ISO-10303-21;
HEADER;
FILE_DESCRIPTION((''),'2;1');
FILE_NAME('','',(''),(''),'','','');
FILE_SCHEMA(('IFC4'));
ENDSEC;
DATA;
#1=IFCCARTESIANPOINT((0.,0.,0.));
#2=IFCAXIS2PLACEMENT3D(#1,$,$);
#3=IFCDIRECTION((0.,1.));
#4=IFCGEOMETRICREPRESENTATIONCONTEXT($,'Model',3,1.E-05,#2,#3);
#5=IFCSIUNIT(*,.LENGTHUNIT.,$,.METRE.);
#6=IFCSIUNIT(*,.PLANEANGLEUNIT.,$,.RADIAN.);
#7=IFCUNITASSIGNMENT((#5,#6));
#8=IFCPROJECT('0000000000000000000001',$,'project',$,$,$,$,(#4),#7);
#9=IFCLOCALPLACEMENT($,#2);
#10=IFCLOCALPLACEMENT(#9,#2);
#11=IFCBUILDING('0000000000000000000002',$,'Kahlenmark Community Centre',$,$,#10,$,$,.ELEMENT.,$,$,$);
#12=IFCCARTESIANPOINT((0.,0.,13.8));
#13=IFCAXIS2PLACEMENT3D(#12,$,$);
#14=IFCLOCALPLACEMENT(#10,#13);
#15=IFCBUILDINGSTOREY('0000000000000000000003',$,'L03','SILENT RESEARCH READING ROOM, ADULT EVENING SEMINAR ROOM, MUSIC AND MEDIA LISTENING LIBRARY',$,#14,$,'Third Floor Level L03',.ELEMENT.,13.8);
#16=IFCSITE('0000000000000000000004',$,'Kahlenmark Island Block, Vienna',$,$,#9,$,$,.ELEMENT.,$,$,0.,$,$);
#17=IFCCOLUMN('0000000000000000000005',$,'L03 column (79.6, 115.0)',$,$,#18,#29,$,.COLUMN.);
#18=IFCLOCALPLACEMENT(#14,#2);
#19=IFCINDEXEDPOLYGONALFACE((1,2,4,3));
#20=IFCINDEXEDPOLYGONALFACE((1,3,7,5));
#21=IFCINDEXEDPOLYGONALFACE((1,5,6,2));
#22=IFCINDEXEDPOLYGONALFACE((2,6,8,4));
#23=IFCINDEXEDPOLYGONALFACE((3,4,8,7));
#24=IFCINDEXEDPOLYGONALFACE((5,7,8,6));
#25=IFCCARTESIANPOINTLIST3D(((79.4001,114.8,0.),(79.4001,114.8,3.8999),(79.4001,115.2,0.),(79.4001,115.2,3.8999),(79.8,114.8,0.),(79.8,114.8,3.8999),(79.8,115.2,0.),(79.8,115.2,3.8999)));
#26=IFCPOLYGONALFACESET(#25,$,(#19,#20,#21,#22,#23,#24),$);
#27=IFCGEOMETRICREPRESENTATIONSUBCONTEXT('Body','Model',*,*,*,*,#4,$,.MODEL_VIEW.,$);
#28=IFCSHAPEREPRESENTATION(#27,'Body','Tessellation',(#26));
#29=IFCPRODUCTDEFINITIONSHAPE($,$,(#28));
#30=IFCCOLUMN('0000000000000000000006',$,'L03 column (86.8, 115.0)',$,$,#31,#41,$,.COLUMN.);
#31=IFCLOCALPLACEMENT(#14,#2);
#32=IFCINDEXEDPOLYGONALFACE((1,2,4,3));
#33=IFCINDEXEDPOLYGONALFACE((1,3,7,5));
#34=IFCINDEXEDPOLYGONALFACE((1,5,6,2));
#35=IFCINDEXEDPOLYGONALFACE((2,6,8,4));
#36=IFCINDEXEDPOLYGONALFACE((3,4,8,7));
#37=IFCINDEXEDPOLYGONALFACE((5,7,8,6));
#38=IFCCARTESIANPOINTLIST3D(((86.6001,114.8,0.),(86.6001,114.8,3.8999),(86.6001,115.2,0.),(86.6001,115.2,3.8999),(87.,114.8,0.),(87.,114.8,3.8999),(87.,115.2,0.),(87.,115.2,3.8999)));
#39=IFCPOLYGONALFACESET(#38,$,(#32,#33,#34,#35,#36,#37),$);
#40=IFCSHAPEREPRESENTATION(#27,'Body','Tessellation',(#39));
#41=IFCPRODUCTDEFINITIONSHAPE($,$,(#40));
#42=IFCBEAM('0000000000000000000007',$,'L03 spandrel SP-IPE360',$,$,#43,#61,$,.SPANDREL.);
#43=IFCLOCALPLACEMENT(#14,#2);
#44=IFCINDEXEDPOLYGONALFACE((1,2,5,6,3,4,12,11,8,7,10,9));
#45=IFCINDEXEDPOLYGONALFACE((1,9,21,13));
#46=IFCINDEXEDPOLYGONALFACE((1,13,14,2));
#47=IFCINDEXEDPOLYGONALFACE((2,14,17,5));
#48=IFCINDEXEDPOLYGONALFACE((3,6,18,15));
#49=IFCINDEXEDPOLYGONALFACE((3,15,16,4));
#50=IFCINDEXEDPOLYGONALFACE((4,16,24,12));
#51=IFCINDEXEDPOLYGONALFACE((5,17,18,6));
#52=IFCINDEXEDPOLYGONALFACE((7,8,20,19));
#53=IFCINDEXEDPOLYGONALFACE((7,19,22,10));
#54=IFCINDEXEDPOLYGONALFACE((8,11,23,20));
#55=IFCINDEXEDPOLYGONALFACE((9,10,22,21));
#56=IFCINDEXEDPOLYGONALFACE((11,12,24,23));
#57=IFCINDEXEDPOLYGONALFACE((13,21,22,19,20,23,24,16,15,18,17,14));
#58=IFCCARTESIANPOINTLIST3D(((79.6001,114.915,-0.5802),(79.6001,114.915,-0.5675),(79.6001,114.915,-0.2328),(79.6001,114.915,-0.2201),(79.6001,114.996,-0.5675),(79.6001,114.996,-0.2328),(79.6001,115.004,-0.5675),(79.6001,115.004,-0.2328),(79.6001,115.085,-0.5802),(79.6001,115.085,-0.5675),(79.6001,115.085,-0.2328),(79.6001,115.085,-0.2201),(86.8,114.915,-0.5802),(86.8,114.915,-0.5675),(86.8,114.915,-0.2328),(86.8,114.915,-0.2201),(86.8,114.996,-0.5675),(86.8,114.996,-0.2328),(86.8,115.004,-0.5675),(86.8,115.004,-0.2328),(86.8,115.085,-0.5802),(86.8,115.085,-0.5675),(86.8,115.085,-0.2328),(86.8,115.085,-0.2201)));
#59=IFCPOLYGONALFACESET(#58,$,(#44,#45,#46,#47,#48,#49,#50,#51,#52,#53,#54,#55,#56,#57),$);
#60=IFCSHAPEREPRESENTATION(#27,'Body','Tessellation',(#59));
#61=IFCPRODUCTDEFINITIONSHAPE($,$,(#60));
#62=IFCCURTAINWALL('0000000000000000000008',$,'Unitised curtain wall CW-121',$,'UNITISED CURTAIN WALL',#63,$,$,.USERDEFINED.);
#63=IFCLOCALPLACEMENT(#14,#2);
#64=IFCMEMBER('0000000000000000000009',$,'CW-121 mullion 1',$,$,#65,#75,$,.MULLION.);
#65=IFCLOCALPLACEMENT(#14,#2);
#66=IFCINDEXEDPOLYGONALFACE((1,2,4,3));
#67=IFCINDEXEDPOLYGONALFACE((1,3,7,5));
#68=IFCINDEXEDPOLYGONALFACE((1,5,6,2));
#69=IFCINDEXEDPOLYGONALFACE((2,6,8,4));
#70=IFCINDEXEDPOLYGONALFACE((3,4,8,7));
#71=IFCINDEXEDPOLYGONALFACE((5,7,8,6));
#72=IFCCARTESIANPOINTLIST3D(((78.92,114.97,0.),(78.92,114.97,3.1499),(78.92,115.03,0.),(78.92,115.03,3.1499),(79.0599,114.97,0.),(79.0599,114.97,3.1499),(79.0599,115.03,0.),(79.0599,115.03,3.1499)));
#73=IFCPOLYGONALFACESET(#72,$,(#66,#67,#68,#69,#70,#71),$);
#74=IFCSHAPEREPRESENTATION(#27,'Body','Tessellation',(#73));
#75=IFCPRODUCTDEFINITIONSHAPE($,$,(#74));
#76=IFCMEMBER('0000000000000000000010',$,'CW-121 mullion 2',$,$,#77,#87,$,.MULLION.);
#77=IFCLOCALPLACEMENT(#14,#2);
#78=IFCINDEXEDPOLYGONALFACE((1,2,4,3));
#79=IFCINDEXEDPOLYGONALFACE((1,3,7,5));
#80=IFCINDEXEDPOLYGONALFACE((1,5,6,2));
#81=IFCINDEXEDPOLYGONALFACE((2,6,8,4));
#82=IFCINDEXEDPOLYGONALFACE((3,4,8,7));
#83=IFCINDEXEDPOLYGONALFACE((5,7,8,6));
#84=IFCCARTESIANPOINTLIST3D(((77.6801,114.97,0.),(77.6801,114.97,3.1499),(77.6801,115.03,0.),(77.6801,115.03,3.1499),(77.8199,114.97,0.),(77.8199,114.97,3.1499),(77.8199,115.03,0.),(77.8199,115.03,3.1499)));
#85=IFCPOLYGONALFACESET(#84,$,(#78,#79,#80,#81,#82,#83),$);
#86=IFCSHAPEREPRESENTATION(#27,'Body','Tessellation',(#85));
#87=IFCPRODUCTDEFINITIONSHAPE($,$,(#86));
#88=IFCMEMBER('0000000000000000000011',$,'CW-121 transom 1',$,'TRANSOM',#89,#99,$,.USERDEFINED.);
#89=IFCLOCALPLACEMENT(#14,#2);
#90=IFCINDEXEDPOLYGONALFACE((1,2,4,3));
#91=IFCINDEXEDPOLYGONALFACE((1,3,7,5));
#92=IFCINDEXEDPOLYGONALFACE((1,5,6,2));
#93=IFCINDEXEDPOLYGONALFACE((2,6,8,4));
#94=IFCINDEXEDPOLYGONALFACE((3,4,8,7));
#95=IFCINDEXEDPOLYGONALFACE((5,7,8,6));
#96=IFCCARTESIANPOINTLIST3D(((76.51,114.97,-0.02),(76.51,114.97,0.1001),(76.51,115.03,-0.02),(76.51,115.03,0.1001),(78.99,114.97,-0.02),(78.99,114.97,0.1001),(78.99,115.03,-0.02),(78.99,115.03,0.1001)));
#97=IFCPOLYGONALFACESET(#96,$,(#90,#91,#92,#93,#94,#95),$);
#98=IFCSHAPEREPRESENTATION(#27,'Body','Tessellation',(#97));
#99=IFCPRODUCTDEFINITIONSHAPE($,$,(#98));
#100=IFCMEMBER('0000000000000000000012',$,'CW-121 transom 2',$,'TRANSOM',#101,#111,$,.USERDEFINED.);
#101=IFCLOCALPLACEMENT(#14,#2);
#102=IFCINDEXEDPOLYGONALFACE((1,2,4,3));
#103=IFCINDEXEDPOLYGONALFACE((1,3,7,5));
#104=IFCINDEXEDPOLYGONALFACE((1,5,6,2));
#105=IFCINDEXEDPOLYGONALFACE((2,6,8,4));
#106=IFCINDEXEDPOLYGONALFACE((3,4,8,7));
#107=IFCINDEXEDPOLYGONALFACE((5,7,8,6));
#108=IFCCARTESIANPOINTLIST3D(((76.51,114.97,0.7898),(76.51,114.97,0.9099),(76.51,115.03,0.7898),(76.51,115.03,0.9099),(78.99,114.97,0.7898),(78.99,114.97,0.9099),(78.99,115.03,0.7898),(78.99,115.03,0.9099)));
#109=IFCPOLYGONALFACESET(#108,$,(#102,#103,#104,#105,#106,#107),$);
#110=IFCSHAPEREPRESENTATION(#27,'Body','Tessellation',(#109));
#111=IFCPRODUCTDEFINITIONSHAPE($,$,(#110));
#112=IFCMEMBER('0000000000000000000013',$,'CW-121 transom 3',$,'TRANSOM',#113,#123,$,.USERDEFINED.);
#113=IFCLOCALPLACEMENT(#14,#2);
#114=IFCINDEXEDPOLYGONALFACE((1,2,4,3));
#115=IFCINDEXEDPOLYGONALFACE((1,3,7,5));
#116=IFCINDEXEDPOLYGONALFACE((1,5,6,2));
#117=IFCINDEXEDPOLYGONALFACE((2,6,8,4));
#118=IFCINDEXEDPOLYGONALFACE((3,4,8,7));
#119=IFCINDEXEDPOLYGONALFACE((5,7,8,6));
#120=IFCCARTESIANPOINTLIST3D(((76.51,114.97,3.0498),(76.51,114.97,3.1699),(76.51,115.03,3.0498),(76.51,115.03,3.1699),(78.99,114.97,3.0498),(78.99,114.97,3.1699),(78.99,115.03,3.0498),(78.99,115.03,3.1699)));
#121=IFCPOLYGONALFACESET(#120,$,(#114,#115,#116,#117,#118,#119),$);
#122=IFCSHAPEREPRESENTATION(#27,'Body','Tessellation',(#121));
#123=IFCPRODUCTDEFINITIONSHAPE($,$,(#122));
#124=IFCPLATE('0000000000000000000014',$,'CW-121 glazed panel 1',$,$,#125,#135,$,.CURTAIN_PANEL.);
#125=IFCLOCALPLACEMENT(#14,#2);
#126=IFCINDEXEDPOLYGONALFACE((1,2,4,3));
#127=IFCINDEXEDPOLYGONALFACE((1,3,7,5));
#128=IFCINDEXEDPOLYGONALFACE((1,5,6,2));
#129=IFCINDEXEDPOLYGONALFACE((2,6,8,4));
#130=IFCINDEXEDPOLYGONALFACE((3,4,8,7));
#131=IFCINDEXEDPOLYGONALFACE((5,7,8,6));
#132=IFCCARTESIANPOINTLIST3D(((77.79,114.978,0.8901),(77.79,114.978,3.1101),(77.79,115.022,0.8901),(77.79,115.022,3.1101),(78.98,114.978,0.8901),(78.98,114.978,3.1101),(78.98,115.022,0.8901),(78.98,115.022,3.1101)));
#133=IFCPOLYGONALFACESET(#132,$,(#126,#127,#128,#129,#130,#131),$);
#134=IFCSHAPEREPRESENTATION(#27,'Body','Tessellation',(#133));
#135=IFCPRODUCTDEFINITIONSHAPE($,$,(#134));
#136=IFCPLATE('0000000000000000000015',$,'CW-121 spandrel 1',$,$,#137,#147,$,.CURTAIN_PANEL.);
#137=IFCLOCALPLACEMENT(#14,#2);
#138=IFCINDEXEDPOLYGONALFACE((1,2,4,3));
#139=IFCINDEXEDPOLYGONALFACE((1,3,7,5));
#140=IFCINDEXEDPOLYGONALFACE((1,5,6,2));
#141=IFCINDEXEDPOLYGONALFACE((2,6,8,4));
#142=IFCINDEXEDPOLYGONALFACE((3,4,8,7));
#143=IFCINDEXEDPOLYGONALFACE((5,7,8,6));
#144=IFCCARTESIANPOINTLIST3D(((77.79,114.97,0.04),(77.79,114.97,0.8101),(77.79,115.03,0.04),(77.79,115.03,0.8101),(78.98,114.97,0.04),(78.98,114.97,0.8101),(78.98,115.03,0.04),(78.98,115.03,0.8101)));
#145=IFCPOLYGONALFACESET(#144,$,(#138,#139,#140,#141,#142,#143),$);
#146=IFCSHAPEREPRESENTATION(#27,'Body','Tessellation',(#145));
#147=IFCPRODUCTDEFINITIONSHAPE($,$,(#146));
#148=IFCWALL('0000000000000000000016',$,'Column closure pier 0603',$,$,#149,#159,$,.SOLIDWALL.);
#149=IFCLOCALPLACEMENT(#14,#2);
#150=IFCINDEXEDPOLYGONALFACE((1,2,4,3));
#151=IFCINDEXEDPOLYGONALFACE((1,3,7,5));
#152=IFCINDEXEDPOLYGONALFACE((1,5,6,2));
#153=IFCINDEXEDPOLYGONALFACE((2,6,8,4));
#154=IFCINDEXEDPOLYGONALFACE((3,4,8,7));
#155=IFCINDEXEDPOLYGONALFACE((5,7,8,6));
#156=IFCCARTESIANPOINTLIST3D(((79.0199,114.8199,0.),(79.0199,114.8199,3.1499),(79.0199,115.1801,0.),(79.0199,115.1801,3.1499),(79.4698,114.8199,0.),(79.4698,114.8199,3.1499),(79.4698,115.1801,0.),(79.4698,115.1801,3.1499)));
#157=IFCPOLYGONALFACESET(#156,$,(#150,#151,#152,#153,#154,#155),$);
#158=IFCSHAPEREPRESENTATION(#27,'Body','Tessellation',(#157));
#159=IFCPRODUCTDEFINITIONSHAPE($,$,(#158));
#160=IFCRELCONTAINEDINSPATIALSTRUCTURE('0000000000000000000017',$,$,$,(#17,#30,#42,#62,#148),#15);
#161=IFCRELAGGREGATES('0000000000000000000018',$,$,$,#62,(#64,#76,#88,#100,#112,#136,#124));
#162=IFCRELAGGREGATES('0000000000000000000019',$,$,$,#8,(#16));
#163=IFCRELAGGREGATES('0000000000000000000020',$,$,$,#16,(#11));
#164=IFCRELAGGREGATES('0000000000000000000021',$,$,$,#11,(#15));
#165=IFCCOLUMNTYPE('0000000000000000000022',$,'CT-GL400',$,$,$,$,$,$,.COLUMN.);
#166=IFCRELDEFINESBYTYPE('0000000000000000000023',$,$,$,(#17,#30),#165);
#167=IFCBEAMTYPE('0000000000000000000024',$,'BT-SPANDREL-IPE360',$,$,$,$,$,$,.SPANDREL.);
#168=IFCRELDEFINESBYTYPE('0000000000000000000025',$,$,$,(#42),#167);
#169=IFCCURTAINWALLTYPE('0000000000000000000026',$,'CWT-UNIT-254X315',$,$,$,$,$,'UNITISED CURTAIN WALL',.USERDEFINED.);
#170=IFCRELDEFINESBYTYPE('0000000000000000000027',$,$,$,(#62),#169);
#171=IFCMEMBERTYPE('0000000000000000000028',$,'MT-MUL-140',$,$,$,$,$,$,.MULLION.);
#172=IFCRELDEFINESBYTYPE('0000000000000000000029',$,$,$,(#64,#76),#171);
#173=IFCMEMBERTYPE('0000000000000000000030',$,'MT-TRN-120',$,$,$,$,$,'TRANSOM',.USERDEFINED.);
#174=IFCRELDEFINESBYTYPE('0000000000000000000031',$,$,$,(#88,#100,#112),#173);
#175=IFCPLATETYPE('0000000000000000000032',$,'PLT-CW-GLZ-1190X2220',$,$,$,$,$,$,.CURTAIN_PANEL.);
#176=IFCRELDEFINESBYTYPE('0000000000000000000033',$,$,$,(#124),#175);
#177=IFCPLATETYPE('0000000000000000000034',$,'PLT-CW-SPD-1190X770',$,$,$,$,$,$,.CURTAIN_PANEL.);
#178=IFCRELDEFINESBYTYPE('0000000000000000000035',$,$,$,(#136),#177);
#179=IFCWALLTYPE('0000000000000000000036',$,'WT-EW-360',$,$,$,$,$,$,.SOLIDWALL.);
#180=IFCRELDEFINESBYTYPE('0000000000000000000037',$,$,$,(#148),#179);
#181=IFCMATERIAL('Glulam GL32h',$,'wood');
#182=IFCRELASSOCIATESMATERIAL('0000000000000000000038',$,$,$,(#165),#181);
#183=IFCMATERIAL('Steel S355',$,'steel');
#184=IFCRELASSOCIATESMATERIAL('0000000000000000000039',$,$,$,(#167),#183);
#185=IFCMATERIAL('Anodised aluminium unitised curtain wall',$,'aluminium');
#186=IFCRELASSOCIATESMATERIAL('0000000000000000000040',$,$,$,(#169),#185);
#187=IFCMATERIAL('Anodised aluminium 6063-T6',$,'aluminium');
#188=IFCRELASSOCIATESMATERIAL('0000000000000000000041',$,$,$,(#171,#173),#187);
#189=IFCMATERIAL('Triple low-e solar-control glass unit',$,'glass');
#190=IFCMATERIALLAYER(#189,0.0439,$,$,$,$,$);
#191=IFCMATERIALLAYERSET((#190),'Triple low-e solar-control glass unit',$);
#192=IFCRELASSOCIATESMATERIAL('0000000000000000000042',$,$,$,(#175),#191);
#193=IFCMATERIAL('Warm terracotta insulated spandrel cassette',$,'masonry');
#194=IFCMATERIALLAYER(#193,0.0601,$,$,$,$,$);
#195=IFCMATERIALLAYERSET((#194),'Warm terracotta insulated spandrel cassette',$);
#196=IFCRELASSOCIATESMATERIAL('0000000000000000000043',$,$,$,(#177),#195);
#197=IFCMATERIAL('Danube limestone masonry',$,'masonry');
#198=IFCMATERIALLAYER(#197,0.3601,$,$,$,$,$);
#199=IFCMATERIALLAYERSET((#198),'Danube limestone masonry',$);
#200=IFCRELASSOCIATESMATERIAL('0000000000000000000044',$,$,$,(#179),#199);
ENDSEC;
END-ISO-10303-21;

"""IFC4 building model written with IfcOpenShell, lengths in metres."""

from ifc_helpers import new_model, si_unit, direction, frame, frame_2d, origin, origin_2d, place, context, subcontext, project, spatial, rectangle, i_section, extrude, material, layer, layer_set, material_profile, profile_set, type_object, element, aggregate, save


model = new_model("IFC4")

# Units and contexts
model_context = context("Model", 3, precision=1e-05, world=origin(), true_north=direction((0.0, 1.0)))
body_context = subcontext(model_context, "Body", "Model", "MODEL_VIEW")
ifc_project = project(units=[si_unit("LENGTHUNIT", "METRE"), si_unit("PLANEANGLEUNIT", "RADIAN")], contexts=[model_context])

# Site, building, storey
site_placement = place(None, origin())
site = spatial("IfcSite", under=ifc_project, at=site_placement, Name="Kahlenmark Island Block, Vienna", CompositionType="ELEMENT", RefElevation=0.0)
building_placement = place(site_placement, origin())
building = spatial("IfcBuilding", under=site, at=building_placement, Name="Kahlenmark Community Centre", CompositionType="ELEMENT")
storey_placement = place(building_placement, frame((0.0, 0.0, 13.8)))
storey = spatial("IfcBuildingStorey", under=building, at=storey_placement, Name="L03", Description="SILENT RESEARCH READING ROOM, ADULT EVENING SEMINAR ROOM, MUSIC AND MEDIA LISTENING LIBRARY", LongName="Third Floor Level L03", CompositionType="ELEMENT", Elevation=13.8)

# Columns
ifc_material_1 = material(Name="Glulam GL32h", Category="wood")
ifc_material_profile_1 = material_profile(ifc_material_1, rectangle(XDim=0.3999, YDim=0.3999, at=origin_2d()), Name="GL32h 400x400")
ifc_profile_set_1 = profile_set([ifc_material_profile_1], Name="Glulam GL32h")
column_type = type_object("IfcColumnType", Name="CT-GL400", PredefinedType="COLUMN", material=ifc_profile_set_1)
for number, where, z_axis, x_axis, name in (
    (1, (79.6001, 115.0, 0.0), (0.0, 0.0, 1.0), (1.0, 0.0, 0.0), "L03 column (79.6, 115.0)"),
    (2, (86.8, 115.0, 0.0), (0.0, 0.0, 1.0), (1.0, 0.0, 0.0), "L03 column (86.8, 115.0)"),
):
    element("IfcColumn", number, at=place(storey_placement, frame(where, z_axis=z_axis, x_axis=x_axis)), inside=storey, type_object=column_type, Name=name, PredefinedType="COLUMN", context=body_context, shape_type="SweptSolid", body=[
        extrude(rectangle(XDim=0.3999, YDim=0.3999, at=origin_2d()), origin(), (0.0, 0.0, 1.0), 3.8999),
    ])

# Beam
ifc_material_2 = material(Name="Steel S355", Category="steel")
ifc_material_profile_2 = material_profile(ifc_material_2, i_section(OverallWidth=0.1699, OverallDepth=0.3601, WebThickness=0.0081, FlangeThickness=0.0127, at=origin_2d()), Name="IPE 360")
ifc_profile_set_2 = profile_set([ifc_material_profile_2], Name="Steel S355")
beam_type = type_object("IfcBeamType", Name="BT-SPANDREL-IPE360", PredefinedType="SPANDREL", material=ifc_profile_set_2)
beam_placement = place(storey_placement, frame((79.6001, 115.0, -0.4001), z_axis=(1.0, 0.0, 0.0), x_axis=(0.0, 1.0, 0.0)))
element("IfcBeam", 3, at=beam_placement, inside=storey, type_object=beam_type, Name="L03 spandrel SP-IPE360", PredefinedType="SPANDREL", context=body_context, shape_type="SweptSolid", body=[
    extrude(i_section(OverallWidth=0.1699, OverallDepth=0.3601, WebThickness=0.0081, FlangeThickness=0.0127, at=origin_2d()), origin(), (0.0, 0.0, 1.0), 7.2),
])

# Curtain wall, members, plates
ifc_material_3 = material(Name="Anodised aluminium unitised curtain wall", Category="aluminium")
curtain_wall_type = type_object("IfcCurtainWallType", Name="CWT-UNIT-254X315", ElementType="UNITISED CURTAIN WALL", PredefinedType="USERDEFINED", material=ifc_material_3)
curtain_wall_placement = place(storey_placement, origin())
curtain_wall = element("IfcCurtainWall", 4, at=curtain_wall_placement, inside=storey, type_object=curtain_wall_type, Name="Unitised curtain wall CW-121", ObjectType="UNITISED CURTAIN WALL", PredefinedType="USERDEFINED")
ifc_material_4 = material(Name="Anodised aluminium 6063-T6", Category="aluminium")
ifc_material_profile_3 = material_profile(ifc_material_4, rectangle(XDim=0.0601, YDim=0.1399, at=origin_2d()), Name="ALU MULLION 60x140")
ifc_profile_set_3 = profile_set([ifc_material_profile_3], Name="Anodised aluminium 6063-T6")
member_type_1 = type_object("IfcMemberType", Name="MT-MUL-140", PredefinedType="MULLION", material=ifc_profile_set_3)
member_1_placement = place(storey_placement, frame((78.99, 115.0, 0.0), z_axis=(0.0, 0.0, 1.0), x_axis=(0.0, -1.0, 0.0)))
member_1 = element("IfcMember", 5, at=member_1_placement, type_object=member_type_1, Name="CW-121 mullion 1", PredefinedType="MULLION", context=body_context, shape_type="SweptSolid", body=[
    extrude(rectangle(XDim=0.0601, YDim=0.1399, at=origin_2d()), origin(), (0.0, 0.0, 1.0), 3.1499),
])
member_2_placement = place(storey_placement, frame((77.75, 115.0, 0.0), z_axis=(0.0, 0.0, 1.0), x_axis=(0.0, -1.0, 0.0)))
member_2 = element("IfcMember", 6, at=member_2_placement, type_object=member_type_1, Name="CW-121 mullion 2", PredefinedType="MULLION", context=body_context, shape_type="SweptSolid", body=[
    extrude(rectangle(XDim=0.0601, YDim=0.1399, at=origin_2d()), origin(), (0.0, 0.0, 1.0), 3.1499),
])
ifc_material_profile_4 = material_profile(ifc_material_4, rectangle(XDim=0.0601, YDim=0.1201, at=origin_2d()), Name="ALU TRANSOM 60x120")
ifc_profile_set_4 = profile_set([ifc_material_profile_4], Name="Anodised aluminium 6063-T6")
member_type_2 = type_object("IfcMemberType", Name="MT-TRN-120", ElementType="TRANSOM", PredefinedType="USERDEFINED", material=ifc_profile_set_4)
member_3_placement = place(storey_placement, frame((78.99, 115.0, 0.04), z_axis=(-1.0, 0.0, 0.0), x_axis=(0.0, -1.0, 0.0)))
member_3 = element("IfcMember", 7, at=member_3_placement, type_object=member_type_2, Name="CW-121 transom 1", ObjectType="TRANSOM", PredefinedType="USERDEFINED", context=body_context, shape_type="SweptSolid", body=[
    extrude(rectangle(XDim=0.0601, YDim=0.1201, at=origin_2d()), origin(), (0.0, 0.0, 1.0), 2.48),
])
member_4_placement = place(storey_placement, frame((78.99, 115.0, 0.8499), z_axis=(-1.0, 0.0, 0.0), x_axis=(0.0, -1.0, 0.0)))
member_4 = element("IfcMember", 8, at=member_4_placement, type_object=member_type_2, Name="CW-121 transom 2", ObjectType="TRANSOM", PredefinedType="USERDEFINED", context=body_context, shape_type="SweptSolid", body=[
    extrude(rectangle(XDim=0.0601, YDim=0.1201, at=origin_2d()), origin(), (0.0, 0.0, 1.0), 2.48),
])
member_5_placement = place(storey_placement, frame((78.99, 115.0, 3.1099), z_axis=(-1.0, 0.0, 0.0), x_axis=(0.0, -1.0, 0.0)))
member_5 = element("IfcMember", 9, at=member_5_placement, type_object=member_type_2, Name="CW-121 transom 3", ObjectType="TRANSOM", PredefinedType="USERDEFINED", context=body_context, shape_type="SweptSolid", body=[
    extrude(rectangle(XDim=0.0601, YDim=0.1201, at=origin_2d()), origin(), (0.0, 0.0, 1.0), 2.48),
])
ifc_material_5 = material(Name="Triple low-e solar-control glass unit", Category="glass")
ifc_layer_1 = layer(ifc_material_5, 0.0439)
ifc_layer_set_1 = layer_set([ifc_layer_1], Name="Triple low-e solar-control glass unit")
plate_type_1 = type_object("IfcPlateType", Name="PLT-CW-GLZ-1190X2220", PredefinedType="CURTAIN_PANEL", material=ifc_layer_set_1)
plate_1_placement = place(storey_placement, frame((78.385, 115.0, 0.8901), z_axis=(0.0, 0.0, 1.0), x_axis=(-1.0, 0.0, 0.0)))
plate_1 = element("IfcPlate", 10, at=plate_1_placement, type_object=plate_type_1, Name="CW-121 glazed panel 1", PredefinedType="CURTAIN_PANEL", context=body_context, shape_type="SweptSolid", body=[
    extrude(rectangle(XDim=1.1899, YDim=0.0439, at=origin_2d()), origin(), (0.0, 0.0, 1.0), 2.22),
])
ifc_material_6 = material(Name="Warm terracotta insulated spandrel cassette", Category="masonry")
ifc_layer_2 = layer(ifc_material_6, 0.0601)
ifc_layer_set_2 = layer_set([ifc_layer_2], Name="Warm terracotta insulated spandrel cassette")
plate_type_2 = type_object("IfcPlateType", Name="PLT-CW-SPD-1190X770", PredefinedType="CURTAIN_PANEL", material=ifc_layer_set_2)
plate_2_placement = place(storey_placement, frame((78.385, 115.0, 0.04), z_axis=(0.0, 0.0, 1.0), x_axis=(-1.0, 0.0, 0.0)))
plate_2 = element("IfcPlate", 11, at=plate_2_placement, type_object=plate_type_2, Name="CW-121 spandrel 1", PredefinedType="CURTAIN_PANEL", context=body_context, shape_type="SweptSolid", body=[
    extrude(rectangle(XDim=1.1899, YDim=0.0601, at=origin_2d()), origin(), (0.0, 0.0, 1.0), 0.77),
])
aggregate(curtain_wall, [member_1, member_2, member_3, member_4, member_5, plate_2, plate_1])

# Wall
ifc_material_7 = material(Name="Danube limestone masonry", Category="masonry")
ifc_layer_3 = layer(ifc_material_7, 0.3601)
ifc_layer_set_3 = layer_set([ifc_layer_3], Name="Danube limestone masonry")
wall_type_1 = type_object("IfcWallType", Name="WT-EW-360", PredefinedType="SOLIDWALL", material=ifc_layer_set_3)
wall_1_placement = place(storey_placement, frame((79.47, 115.0, 0.0), z_axis=(0.0, 0.0, 1.0), x_axis=(-1.0, 0.0, 0.0)))
element("IfcWall", 12, at=wall_1_placement, inside=storey, type_object=wall_type_1, Name="Column closure pier 0603", PredefinedType="SOLIDWALL", context=body_context, shape_type="SweptSolid", body=[
    extrude(rectangle(XDim=0.45, YDim=0.3601, at=frame_2d((0.2251, 0.0))), origin(), (0.0, 0.0, 1.0), 3.1499),
])

save(model, "model.ifc")
